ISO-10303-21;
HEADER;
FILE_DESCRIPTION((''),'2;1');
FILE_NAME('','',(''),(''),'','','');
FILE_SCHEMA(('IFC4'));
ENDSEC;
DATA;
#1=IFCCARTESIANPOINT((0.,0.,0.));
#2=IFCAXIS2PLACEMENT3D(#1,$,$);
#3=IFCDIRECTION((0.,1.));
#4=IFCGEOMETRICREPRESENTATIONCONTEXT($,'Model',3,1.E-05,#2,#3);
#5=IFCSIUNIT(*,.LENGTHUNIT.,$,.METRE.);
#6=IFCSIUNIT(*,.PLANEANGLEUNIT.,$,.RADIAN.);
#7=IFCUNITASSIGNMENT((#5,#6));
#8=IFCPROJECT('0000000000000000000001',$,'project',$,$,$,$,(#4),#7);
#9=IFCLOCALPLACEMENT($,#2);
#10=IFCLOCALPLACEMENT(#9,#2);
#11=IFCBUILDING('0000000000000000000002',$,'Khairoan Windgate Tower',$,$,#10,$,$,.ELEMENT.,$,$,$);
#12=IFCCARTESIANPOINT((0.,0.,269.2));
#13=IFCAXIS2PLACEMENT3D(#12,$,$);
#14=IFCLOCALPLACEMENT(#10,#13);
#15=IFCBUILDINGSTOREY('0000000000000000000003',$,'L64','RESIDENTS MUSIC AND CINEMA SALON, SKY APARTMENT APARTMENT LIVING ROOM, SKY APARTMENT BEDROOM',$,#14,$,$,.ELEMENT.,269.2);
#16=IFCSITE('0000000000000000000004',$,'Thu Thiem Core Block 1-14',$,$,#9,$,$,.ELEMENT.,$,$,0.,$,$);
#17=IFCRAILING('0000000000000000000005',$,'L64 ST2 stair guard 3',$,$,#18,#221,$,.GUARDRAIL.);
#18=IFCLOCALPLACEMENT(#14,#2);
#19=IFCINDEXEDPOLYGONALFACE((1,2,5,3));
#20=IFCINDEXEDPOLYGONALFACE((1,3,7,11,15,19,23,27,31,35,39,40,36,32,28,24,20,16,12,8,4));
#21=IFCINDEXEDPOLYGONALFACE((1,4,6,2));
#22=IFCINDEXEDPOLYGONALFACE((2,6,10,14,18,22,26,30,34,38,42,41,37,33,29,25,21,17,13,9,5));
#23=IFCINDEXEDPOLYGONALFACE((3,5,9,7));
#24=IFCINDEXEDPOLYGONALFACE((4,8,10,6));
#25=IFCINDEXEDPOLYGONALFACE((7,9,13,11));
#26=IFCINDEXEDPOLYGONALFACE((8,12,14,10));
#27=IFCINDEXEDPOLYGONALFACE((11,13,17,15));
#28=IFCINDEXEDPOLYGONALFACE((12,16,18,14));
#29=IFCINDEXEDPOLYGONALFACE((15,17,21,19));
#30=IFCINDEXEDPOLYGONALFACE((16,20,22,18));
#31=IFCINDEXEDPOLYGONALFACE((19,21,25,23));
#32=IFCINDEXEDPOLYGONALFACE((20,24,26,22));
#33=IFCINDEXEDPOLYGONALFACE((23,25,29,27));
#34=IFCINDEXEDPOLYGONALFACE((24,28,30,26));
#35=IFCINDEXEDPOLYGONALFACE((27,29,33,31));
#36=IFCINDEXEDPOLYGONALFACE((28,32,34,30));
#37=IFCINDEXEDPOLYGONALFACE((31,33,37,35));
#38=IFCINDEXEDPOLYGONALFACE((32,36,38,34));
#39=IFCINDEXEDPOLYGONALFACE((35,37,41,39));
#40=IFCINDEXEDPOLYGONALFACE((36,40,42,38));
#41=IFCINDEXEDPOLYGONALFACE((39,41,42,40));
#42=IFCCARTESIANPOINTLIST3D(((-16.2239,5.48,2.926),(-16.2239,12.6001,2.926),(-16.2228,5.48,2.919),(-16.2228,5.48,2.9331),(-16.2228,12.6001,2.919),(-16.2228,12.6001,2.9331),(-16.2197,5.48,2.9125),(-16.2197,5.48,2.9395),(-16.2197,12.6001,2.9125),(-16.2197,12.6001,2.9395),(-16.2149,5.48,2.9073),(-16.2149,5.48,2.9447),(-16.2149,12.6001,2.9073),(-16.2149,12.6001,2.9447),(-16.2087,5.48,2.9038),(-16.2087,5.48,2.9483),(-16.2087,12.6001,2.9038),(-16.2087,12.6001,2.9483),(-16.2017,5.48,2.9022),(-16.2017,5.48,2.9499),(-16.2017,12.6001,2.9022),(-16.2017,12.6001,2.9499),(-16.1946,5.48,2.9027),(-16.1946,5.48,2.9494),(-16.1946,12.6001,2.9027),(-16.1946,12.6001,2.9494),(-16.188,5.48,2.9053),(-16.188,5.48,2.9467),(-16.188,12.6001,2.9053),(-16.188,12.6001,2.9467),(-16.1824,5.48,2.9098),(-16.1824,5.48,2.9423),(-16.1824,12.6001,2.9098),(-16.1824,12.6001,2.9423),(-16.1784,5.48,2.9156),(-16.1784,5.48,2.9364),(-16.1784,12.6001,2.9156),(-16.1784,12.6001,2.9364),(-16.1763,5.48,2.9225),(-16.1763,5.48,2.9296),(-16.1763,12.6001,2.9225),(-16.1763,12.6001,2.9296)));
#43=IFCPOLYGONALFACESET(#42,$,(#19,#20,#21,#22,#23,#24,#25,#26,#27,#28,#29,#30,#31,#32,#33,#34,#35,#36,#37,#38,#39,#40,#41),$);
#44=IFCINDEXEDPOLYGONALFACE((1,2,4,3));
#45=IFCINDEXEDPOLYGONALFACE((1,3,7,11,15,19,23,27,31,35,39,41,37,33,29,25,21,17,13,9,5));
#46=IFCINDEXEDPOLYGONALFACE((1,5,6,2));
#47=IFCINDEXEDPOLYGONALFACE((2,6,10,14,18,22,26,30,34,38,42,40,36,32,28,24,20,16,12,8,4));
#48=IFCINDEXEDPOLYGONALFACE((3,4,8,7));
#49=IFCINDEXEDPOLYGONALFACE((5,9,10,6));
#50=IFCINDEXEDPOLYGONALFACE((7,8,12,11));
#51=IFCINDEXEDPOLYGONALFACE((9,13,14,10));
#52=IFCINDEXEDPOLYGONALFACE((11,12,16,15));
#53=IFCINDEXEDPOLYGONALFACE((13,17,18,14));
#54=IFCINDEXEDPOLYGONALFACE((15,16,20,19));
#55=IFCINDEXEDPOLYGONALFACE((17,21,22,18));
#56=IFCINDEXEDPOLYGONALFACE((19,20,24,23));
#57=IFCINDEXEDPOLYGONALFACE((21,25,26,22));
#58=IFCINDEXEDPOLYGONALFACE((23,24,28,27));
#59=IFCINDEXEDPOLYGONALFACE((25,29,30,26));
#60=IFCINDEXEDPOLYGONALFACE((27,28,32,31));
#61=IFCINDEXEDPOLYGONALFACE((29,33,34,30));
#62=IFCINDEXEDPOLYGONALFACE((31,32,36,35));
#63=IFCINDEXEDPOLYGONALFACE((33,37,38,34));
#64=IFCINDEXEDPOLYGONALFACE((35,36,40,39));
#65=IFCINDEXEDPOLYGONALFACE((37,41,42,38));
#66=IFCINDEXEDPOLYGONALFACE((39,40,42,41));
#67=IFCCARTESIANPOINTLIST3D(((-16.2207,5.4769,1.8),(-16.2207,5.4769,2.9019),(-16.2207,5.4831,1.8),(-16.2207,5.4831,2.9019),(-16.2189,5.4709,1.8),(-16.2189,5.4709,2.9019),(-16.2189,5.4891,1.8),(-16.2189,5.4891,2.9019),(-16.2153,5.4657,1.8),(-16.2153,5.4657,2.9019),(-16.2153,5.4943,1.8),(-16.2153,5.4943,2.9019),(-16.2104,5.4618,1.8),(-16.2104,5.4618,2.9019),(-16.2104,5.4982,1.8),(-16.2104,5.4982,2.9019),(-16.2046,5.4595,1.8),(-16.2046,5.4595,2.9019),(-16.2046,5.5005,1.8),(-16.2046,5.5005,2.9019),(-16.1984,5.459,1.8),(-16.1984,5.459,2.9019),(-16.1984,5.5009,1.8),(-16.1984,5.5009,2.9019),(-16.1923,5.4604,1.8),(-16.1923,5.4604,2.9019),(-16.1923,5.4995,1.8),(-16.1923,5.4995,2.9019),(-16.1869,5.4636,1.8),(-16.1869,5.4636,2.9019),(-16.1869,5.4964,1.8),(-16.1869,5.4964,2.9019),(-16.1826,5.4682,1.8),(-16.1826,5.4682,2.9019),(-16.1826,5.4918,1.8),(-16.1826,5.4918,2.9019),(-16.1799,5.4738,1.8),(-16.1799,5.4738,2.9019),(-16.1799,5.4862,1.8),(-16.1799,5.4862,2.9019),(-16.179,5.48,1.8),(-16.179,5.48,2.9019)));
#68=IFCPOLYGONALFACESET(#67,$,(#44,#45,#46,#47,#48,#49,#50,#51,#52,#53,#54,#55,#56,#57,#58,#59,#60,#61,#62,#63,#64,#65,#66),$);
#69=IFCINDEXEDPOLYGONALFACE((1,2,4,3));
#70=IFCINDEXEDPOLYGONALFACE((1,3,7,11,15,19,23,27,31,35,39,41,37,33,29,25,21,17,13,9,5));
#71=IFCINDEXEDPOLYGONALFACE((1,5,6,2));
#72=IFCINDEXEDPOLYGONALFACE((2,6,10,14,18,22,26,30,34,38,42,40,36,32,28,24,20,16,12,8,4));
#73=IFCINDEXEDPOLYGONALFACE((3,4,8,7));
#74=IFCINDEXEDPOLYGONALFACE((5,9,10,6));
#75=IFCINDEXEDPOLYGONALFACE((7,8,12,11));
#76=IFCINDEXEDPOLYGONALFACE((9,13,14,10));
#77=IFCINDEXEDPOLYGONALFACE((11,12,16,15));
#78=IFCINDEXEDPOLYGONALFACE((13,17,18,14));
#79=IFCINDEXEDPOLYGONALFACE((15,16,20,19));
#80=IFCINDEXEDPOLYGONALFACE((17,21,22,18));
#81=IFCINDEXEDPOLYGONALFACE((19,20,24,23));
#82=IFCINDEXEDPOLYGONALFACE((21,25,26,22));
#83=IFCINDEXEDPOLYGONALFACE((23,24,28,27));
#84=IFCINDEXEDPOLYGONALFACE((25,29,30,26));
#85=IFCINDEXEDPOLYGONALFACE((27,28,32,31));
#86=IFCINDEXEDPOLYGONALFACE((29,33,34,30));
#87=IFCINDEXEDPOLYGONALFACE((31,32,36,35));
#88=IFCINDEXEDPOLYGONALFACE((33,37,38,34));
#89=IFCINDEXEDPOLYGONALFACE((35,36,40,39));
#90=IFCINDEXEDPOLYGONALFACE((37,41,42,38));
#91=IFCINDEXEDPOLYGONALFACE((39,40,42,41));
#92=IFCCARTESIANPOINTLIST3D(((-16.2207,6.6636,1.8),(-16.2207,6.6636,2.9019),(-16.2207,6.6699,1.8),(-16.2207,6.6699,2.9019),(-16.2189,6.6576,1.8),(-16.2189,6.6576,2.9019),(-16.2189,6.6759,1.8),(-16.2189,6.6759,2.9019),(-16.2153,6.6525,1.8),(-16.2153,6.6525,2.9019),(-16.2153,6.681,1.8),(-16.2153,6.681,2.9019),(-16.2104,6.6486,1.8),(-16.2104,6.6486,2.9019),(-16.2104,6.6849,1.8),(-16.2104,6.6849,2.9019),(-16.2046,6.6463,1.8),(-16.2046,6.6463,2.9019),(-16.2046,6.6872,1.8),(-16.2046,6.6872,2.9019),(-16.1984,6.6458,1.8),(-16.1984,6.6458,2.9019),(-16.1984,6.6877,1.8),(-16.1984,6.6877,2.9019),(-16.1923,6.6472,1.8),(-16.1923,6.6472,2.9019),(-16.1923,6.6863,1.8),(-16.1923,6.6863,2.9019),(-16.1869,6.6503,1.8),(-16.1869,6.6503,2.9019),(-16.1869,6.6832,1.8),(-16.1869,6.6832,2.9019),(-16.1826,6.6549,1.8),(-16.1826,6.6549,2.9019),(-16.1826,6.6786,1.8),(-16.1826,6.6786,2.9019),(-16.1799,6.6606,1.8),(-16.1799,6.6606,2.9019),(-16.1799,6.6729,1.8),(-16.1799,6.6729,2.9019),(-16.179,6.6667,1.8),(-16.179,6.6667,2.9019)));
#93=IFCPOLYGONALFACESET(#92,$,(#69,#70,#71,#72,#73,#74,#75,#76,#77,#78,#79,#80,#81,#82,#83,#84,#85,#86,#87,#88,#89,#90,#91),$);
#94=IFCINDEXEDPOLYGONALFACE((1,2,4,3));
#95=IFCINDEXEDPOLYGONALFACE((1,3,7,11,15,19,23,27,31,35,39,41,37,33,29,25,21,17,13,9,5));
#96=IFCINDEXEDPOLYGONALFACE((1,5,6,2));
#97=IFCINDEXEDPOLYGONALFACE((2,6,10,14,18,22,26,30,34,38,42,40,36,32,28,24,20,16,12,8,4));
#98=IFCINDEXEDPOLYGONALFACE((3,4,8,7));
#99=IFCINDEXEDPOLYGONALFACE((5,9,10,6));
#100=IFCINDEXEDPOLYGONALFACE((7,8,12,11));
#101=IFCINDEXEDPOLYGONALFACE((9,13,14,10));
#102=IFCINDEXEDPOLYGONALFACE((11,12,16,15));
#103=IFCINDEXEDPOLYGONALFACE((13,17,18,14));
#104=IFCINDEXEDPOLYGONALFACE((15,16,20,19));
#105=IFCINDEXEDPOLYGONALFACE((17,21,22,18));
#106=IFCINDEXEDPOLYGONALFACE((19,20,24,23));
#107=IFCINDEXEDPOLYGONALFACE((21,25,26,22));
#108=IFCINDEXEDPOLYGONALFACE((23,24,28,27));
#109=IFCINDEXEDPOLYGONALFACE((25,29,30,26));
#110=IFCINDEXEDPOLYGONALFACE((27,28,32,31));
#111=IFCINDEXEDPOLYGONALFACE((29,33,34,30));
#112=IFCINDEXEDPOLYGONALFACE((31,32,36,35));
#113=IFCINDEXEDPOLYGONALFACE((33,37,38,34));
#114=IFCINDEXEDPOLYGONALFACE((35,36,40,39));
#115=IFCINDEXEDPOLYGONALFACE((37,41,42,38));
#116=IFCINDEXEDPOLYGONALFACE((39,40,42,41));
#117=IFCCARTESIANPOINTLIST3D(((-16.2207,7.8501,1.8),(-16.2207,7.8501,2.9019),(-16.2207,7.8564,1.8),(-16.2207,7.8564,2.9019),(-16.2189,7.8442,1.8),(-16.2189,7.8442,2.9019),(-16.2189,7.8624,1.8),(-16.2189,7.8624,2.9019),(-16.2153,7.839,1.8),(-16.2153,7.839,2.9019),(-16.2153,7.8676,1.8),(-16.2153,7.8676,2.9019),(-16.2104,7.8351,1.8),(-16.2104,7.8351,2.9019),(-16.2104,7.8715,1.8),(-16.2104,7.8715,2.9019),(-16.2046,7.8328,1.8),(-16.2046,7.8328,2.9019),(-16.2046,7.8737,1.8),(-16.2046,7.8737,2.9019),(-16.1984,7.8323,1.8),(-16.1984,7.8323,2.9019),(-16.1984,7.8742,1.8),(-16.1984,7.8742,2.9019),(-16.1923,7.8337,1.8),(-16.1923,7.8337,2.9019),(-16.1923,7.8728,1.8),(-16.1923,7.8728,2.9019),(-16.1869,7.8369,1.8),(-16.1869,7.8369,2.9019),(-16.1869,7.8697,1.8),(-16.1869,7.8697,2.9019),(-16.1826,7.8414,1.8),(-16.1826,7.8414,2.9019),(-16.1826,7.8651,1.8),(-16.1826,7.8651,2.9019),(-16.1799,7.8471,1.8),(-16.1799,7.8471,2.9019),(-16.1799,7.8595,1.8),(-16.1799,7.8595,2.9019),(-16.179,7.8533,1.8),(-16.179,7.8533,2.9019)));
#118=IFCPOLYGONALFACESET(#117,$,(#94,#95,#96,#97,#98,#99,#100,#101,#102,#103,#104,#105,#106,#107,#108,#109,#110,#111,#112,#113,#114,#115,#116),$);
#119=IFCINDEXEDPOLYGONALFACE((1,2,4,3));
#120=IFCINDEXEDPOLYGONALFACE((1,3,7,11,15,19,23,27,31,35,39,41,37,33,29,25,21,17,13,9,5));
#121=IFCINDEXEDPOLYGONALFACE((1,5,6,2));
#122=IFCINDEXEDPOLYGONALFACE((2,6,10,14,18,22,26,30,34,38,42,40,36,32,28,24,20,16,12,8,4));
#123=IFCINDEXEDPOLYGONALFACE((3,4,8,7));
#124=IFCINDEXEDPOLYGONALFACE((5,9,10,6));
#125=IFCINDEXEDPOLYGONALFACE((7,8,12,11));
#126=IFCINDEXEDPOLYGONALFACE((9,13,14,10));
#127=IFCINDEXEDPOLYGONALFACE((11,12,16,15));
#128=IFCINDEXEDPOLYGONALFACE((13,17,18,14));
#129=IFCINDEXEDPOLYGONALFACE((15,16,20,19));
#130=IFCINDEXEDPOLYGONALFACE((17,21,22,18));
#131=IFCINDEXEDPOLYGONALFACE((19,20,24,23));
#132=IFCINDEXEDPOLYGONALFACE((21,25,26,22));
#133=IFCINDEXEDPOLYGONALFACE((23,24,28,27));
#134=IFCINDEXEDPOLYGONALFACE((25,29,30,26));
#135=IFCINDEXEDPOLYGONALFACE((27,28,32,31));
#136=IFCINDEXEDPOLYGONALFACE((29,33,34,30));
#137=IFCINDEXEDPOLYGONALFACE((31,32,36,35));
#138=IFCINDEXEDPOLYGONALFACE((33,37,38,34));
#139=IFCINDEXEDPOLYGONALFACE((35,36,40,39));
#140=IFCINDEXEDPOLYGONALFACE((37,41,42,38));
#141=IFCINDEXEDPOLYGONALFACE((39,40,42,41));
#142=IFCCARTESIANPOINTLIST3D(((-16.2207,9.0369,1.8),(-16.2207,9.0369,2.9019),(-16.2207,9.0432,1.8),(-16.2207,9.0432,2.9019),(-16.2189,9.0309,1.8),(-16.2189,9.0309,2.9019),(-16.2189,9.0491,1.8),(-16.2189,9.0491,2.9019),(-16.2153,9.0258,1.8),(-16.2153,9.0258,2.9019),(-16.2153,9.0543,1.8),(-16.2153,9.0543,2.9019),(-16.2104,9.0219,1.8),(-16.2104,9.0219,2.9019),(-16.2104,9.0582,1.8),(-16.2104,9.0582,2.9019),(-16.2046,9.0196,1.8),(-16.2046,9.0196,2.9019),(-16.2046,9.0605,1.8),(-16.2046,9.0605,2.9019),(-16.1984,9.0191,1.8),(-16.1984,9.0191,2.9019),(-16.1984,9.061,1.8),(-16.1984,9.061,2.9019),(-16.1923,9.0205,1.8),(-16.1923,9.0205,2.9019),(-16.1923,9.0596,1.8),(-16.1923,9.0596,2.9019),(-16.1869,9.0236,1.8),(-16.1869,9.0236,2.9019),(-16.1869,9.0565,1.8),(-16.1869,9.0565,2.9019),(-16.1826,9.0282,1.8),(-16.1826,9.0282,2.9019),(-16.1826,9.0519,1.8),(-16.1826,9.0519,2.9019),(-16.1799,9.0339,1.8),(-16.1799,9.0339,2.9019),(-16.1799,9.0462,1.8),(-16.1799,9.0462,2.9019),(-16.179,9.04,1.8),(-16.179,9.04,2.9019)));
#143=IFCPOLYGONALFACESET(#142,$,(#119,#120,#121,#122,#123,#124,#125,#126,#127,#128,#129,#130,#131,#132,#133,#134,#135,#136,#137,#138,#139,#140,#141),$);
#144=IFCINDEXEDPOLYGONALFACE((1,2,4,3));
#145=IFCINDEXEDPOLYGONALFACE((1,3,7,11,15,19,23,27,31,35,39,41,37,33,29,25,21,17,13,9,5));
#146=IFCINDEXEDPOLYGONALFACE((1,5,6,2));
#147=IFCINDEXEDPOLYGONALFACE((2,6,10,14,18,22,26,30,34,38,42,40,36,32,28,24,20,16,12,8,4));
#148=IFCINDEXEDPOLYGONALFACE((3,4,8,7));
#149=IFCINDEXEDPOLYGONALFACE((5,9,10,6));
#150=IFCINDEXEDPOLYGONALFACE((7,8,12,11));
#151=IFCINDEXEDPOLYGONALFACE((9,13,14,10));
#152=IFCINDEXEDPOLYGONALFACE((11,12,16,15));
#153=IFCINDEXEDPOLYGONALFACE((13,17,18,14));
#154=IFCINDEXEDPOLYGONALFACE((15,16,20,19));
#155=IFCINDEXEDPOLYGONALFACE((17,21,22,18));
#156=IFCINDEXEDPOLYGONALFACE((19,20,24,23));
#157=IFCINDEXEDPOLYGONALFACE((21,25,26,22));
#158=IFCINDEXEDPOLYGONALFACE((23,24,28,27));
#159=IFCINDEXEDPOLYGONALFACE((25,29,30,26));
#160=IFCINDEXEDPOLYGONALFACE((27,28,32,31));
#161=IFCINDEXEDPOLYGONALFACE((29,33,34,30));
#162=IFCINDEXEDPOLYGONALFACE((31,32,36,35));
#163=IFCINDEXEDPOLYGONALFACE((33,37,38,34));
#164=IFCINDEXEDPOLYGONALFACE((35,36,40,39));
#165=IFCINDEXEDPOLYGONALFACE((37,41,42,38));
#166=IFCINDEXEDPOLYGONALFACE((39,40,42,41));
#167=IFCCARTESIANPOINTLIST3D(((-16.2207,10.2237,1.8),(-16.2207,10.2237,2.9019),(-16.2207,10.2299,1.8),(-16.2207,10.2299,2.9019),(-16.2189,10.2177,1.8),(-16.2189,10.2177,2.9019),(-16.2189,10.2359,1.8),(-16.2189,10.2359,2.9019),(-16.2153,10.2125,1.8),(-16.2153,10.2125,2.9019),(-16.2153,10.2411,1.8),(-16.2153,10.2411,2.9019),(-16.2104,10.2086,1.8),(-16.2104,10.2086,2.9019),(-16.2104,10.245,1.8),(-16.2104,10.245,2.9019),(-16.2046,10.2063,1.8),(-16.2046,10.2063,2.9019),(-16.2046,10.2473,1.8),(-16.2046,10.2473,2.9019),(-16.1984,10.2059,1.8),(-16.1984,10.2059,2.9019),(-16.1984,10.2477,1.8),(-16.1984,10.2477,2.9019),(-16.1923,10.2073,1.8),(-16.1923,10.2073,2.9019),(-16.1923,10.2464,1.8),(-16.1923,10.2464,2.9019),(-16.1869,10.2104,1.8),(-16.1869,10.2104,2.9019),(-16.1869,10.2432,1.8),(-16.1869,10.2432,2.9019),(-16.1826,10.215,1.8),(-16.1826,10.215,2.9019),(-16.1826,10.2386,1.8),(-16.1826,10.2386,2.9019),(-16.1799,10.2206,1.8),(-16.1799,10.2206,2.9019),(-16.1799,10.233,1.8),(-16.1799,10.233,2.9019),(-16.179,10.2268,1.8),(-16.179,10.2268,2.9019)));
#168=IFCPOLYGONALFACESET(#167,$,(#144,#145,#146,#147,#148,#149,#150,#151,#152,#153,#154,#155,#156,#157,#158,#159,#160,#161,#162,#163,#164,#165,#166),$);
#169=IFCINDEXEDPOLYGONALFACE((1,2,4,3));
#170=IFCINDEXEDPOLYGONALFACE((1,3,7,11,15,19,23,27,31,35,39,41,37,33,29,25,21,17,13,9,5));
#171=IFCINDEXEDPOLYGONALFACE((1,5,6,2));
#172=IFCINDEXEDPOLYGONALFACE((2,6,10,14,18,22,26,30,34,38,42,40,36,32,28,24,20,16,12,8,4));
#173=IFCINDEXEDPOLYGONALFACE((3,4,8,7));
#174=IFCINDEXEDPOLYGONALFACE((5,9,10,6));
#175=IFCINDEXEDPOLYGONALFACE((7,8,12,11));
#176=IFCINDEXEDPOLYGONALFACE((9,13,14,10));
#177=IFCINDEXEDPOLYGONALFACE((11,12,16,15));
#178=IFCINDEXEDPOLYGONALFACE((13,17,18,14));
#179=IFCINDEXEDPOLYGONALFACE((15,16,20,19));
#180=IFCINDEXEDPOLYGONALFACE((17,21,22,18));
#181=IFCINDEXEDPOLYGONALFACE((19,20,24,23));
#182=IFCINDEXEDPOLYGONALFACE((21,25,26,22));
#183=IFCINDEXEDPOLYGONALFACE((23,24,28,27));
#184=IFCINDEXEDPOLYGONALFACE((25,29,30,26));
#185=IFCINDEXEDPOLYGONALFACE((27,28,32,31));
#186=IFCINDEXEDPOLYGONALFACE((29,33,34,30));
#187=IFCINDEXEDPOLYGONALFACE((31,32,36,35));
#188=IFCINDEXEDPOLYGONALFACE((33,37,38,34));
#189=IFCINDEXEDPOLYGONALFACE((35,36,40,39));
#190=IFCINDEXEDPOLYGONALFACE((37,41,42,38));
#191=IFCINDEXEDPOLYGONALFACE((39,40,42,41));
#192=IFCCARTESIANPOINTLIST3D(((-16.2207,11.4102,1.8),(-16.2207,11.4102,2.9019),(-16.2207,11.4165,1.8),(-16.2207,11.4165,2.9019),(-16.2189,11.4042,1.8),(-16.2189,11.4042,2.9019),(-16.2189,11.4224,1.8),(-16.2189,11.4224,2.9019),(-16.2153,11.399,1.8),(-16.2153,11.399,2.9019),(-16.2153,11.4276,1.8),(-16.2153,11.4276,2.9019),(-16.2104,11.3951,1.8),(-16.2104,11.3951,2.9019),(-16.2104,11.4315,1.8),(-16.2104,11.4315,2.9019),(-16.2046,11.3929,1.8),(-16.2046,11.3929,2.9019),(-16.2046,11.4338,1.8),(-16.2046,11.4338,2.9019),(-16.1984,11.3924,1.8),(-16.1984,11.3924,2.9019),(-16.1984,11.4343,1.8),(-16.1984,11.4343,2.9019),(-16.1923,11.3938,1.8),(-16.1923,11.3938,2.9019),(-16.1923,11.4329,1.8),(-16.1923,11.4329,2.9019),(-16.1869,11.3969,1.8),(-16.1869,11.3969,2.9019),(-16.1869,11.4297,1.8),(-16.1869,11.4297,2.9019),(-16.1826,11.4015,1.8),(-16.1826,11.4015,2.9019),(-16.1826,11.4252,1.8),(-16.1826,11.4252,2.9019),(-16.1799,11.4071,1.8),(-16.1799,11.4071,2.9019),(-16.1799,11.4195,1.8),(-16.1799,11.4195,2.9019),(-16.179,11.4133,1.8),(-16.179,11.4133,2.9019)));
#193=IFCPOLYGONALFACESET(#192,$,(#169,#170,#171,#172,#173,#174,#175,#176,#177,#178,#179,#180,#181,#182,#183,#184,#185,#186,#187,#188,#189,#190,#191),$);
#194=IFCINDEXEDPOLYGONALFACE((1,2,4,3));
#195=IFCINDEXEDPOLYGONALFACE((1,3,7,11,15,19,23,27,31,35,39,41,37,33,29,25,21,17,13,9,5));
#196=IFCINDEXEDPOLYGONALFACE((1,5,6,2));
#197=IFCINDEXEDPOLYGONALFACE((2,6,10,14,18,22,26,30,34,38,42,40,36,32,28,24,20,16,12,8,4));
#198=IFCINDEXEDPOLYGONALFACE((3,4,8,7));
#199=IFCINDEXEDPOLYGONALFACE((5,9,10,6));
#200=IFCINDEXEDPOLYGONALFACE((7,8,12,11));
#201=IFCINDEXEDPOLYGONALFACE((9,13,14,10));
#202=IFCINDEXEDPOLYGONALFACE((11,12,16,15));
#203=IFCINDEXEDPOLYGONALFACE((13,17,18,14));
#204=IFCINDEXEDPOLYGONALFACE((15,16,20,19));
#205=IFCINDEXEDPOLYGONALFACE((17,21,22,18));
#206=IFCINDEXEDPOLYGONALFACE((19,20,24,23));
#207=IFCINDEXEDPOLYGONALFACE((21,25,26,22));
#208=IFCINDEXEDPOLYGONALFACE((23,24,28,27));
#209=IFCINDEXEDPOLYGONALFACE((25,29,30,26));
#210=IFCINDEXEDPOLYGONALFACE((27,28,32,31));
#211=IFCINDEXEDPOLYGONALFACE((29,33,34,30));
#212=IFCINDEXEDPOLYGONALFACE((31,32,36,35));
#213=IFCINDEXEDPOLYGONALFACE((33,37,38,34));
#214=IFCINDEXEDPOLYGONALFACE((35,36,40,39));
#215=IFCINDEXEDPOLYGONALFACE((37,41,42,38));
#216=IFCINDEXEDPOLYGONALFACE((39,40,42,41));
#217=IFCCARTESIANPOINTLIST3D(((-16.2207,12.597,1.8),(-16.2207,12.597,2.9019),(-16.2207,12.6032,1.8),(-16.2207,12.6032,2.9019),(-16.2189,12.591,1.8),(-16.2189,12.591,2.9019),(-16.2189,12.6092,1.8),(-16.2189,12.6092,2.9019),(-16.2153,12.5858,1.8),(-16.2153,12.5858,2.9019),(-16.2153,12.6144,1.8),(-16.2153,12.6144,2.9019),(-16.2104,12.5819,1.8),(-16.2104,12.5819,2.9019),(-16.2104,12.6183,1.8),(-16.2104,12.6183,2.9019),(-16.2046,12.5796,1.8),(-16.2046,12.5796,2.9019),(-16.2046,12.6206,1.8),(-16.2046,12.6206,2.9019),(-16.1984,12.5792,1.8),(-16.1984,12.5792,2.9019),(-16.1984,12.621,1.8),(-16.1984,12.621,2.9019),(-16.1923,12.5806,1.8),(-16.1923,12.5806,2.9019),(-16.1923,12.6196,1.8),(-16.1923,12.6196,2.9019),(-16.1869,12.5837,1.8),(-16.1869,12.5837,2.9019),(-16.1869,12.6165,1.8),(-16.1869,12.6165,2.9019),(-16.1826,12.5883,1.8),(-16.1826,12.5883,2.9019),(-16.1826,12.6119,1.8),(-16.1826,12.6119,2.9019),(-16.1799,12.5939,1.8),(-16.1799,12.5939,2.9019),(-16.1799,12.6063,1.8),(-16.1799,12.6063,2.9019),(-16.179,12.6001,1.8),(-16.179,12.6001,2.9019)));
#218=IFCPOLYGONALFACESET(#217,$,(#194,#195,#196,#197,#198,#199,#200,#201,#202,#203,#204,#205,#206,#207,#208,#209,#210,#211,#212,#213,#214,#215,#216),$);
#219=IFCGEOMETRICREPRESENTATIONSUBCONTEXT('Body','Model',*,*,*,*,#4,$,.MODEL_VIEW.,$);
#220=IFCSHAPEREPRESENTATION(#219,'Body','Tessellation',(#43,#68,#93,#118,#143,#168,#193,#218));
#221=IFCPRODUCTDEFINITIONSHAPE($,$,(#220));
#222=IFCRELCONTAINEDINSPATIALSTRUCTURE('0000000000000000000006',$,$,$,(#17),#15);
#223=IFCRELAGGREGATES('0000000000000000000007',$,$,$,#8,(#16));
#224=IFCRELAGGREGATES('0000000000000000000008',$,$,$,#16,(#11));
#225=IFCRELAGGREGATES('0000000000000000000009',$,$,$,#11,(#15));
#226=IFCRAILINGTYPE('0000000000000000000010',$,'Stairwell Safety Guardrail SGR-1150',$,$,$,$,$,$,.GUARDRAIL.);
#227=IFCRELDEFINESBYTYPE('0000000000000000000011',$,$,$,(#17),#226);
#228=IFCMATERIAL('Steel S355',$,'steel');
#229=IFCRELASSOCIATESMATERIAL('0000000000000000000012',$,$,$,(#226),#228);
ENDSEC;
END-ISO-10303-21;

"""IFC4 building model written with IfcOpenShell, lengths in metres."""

from ifc_helpers import new_model, si_unit, direction, frame, origin, origin_2d, place, context, subcontext, project, spatial, circle, extrude, material, type_object, element, save


model = new_model("IFC4")

# Units and contexts
model_context = context("Model", 3, precision=1e-05, world=origin(), true_north=direction((0.0, 1.0)))
body_context = subcontext(model_context, "Body", "Model", "MODEL_VIEW")
ifc_project = project(units=[si_unit("LENGTHUNIT", "METRE"), si_unit("PLANEANGLEUNIT", "RADIAN")], contexts=[model_context])

# Site, building, storey
site_placement = place(None, origin())
site = spatial("IfcSite", under=ifc_project, at=site_placement, Name="Thu Thiem Core Block 1-14", CompositionType="ELEMENT", RefElevation=0.0)
building_placement = place(site_placement, origin())
building = spatial("IfcBuilding", under=site, at=building_placement, Name="Khairoan Windgate Tower", CompositionType="ELEMENT")
storey_placement = place(building_placement, frame((0.0, 0.0, 269.2)))
storey = spatial("IfcBuildingStorey", under=building, at=storey_placement, Name="L64", Description="RESIDENTS MUSIC AND CINEMA SALON, SKY APARTMENT APARTMENT LIVING ROOM, SKY APARTMENT BEDROOM", CompositionType="ELEMENT", Elevation=269.2)

# Railing
ifc_material_1 = material(Name="Steel S355", Category="steel")
railing_type_1 = type_object("IfcRailingType", Name="Stairwell Safety Guardrail SGR-1150", PredefinedType="GUARDRAIL", material=ifc_material_1)
railing_1_placement = place(storey_placement, frame((-16.2, 5.48, 1.8)))
element("IfcRailing", 1, at=railing_1_placement, inside=storey, type_object=railing_type_1, Name="L64 ST2 stair guard 3", PredefinedType="GUARDRAIL", context=body_context, shape_type="SweptSolid", body=[
    extrude(circle(Radius=0.0239, at=origin_2d()), frame((0.0, 0.0, 1.126), z_axis=(0.0, 1.0, 0.0), x_axis=(-1.0, 0.0, 0.0)), (0.0, 0.0, 1.0), 7.1201),
    extrude(circle(Radius=0.021, at=origin_2d()), origin(), (0.0, 0.0, 1.0), 1.1018),
    extrude(circle(Radius=0.021, at=origin_2d()), frame((0.0, 1.1868, 0.0)), (0.0, 0.0, 1.0), 1.1018),
    extrude(circle(Radius=0.021, at=origin_2d()), frame((0.0, 2.3733, 0.0)), (0.0, 0.0, 1.0), 1.1018),
    extrude(circle(Radius=0.021, at=origin_2d()), frame((0.0, 3.5601, 0.0)), (0.0, 0.0, 1.0), 1.1018),
    extrude(circle(Radius=0.021, at=origin_2d()), frame((0.0, 4.7468, 0.0)), (0.0, 0.0, 1.0), 1.1018),
    extrude(circle(Radius=0.021, at=origin_2d()), frame((0.0, 5.9333, 0.0)), (0.0, 0.0, 1.0), 1.1018),
    extrude(circle(Radius=0.021, at=origin_2d()), frame((0.0, 7.1201, 0.0)), (0.0, 0.0, 1.0), 1.1018),
])

save(model, "model.ifc")
